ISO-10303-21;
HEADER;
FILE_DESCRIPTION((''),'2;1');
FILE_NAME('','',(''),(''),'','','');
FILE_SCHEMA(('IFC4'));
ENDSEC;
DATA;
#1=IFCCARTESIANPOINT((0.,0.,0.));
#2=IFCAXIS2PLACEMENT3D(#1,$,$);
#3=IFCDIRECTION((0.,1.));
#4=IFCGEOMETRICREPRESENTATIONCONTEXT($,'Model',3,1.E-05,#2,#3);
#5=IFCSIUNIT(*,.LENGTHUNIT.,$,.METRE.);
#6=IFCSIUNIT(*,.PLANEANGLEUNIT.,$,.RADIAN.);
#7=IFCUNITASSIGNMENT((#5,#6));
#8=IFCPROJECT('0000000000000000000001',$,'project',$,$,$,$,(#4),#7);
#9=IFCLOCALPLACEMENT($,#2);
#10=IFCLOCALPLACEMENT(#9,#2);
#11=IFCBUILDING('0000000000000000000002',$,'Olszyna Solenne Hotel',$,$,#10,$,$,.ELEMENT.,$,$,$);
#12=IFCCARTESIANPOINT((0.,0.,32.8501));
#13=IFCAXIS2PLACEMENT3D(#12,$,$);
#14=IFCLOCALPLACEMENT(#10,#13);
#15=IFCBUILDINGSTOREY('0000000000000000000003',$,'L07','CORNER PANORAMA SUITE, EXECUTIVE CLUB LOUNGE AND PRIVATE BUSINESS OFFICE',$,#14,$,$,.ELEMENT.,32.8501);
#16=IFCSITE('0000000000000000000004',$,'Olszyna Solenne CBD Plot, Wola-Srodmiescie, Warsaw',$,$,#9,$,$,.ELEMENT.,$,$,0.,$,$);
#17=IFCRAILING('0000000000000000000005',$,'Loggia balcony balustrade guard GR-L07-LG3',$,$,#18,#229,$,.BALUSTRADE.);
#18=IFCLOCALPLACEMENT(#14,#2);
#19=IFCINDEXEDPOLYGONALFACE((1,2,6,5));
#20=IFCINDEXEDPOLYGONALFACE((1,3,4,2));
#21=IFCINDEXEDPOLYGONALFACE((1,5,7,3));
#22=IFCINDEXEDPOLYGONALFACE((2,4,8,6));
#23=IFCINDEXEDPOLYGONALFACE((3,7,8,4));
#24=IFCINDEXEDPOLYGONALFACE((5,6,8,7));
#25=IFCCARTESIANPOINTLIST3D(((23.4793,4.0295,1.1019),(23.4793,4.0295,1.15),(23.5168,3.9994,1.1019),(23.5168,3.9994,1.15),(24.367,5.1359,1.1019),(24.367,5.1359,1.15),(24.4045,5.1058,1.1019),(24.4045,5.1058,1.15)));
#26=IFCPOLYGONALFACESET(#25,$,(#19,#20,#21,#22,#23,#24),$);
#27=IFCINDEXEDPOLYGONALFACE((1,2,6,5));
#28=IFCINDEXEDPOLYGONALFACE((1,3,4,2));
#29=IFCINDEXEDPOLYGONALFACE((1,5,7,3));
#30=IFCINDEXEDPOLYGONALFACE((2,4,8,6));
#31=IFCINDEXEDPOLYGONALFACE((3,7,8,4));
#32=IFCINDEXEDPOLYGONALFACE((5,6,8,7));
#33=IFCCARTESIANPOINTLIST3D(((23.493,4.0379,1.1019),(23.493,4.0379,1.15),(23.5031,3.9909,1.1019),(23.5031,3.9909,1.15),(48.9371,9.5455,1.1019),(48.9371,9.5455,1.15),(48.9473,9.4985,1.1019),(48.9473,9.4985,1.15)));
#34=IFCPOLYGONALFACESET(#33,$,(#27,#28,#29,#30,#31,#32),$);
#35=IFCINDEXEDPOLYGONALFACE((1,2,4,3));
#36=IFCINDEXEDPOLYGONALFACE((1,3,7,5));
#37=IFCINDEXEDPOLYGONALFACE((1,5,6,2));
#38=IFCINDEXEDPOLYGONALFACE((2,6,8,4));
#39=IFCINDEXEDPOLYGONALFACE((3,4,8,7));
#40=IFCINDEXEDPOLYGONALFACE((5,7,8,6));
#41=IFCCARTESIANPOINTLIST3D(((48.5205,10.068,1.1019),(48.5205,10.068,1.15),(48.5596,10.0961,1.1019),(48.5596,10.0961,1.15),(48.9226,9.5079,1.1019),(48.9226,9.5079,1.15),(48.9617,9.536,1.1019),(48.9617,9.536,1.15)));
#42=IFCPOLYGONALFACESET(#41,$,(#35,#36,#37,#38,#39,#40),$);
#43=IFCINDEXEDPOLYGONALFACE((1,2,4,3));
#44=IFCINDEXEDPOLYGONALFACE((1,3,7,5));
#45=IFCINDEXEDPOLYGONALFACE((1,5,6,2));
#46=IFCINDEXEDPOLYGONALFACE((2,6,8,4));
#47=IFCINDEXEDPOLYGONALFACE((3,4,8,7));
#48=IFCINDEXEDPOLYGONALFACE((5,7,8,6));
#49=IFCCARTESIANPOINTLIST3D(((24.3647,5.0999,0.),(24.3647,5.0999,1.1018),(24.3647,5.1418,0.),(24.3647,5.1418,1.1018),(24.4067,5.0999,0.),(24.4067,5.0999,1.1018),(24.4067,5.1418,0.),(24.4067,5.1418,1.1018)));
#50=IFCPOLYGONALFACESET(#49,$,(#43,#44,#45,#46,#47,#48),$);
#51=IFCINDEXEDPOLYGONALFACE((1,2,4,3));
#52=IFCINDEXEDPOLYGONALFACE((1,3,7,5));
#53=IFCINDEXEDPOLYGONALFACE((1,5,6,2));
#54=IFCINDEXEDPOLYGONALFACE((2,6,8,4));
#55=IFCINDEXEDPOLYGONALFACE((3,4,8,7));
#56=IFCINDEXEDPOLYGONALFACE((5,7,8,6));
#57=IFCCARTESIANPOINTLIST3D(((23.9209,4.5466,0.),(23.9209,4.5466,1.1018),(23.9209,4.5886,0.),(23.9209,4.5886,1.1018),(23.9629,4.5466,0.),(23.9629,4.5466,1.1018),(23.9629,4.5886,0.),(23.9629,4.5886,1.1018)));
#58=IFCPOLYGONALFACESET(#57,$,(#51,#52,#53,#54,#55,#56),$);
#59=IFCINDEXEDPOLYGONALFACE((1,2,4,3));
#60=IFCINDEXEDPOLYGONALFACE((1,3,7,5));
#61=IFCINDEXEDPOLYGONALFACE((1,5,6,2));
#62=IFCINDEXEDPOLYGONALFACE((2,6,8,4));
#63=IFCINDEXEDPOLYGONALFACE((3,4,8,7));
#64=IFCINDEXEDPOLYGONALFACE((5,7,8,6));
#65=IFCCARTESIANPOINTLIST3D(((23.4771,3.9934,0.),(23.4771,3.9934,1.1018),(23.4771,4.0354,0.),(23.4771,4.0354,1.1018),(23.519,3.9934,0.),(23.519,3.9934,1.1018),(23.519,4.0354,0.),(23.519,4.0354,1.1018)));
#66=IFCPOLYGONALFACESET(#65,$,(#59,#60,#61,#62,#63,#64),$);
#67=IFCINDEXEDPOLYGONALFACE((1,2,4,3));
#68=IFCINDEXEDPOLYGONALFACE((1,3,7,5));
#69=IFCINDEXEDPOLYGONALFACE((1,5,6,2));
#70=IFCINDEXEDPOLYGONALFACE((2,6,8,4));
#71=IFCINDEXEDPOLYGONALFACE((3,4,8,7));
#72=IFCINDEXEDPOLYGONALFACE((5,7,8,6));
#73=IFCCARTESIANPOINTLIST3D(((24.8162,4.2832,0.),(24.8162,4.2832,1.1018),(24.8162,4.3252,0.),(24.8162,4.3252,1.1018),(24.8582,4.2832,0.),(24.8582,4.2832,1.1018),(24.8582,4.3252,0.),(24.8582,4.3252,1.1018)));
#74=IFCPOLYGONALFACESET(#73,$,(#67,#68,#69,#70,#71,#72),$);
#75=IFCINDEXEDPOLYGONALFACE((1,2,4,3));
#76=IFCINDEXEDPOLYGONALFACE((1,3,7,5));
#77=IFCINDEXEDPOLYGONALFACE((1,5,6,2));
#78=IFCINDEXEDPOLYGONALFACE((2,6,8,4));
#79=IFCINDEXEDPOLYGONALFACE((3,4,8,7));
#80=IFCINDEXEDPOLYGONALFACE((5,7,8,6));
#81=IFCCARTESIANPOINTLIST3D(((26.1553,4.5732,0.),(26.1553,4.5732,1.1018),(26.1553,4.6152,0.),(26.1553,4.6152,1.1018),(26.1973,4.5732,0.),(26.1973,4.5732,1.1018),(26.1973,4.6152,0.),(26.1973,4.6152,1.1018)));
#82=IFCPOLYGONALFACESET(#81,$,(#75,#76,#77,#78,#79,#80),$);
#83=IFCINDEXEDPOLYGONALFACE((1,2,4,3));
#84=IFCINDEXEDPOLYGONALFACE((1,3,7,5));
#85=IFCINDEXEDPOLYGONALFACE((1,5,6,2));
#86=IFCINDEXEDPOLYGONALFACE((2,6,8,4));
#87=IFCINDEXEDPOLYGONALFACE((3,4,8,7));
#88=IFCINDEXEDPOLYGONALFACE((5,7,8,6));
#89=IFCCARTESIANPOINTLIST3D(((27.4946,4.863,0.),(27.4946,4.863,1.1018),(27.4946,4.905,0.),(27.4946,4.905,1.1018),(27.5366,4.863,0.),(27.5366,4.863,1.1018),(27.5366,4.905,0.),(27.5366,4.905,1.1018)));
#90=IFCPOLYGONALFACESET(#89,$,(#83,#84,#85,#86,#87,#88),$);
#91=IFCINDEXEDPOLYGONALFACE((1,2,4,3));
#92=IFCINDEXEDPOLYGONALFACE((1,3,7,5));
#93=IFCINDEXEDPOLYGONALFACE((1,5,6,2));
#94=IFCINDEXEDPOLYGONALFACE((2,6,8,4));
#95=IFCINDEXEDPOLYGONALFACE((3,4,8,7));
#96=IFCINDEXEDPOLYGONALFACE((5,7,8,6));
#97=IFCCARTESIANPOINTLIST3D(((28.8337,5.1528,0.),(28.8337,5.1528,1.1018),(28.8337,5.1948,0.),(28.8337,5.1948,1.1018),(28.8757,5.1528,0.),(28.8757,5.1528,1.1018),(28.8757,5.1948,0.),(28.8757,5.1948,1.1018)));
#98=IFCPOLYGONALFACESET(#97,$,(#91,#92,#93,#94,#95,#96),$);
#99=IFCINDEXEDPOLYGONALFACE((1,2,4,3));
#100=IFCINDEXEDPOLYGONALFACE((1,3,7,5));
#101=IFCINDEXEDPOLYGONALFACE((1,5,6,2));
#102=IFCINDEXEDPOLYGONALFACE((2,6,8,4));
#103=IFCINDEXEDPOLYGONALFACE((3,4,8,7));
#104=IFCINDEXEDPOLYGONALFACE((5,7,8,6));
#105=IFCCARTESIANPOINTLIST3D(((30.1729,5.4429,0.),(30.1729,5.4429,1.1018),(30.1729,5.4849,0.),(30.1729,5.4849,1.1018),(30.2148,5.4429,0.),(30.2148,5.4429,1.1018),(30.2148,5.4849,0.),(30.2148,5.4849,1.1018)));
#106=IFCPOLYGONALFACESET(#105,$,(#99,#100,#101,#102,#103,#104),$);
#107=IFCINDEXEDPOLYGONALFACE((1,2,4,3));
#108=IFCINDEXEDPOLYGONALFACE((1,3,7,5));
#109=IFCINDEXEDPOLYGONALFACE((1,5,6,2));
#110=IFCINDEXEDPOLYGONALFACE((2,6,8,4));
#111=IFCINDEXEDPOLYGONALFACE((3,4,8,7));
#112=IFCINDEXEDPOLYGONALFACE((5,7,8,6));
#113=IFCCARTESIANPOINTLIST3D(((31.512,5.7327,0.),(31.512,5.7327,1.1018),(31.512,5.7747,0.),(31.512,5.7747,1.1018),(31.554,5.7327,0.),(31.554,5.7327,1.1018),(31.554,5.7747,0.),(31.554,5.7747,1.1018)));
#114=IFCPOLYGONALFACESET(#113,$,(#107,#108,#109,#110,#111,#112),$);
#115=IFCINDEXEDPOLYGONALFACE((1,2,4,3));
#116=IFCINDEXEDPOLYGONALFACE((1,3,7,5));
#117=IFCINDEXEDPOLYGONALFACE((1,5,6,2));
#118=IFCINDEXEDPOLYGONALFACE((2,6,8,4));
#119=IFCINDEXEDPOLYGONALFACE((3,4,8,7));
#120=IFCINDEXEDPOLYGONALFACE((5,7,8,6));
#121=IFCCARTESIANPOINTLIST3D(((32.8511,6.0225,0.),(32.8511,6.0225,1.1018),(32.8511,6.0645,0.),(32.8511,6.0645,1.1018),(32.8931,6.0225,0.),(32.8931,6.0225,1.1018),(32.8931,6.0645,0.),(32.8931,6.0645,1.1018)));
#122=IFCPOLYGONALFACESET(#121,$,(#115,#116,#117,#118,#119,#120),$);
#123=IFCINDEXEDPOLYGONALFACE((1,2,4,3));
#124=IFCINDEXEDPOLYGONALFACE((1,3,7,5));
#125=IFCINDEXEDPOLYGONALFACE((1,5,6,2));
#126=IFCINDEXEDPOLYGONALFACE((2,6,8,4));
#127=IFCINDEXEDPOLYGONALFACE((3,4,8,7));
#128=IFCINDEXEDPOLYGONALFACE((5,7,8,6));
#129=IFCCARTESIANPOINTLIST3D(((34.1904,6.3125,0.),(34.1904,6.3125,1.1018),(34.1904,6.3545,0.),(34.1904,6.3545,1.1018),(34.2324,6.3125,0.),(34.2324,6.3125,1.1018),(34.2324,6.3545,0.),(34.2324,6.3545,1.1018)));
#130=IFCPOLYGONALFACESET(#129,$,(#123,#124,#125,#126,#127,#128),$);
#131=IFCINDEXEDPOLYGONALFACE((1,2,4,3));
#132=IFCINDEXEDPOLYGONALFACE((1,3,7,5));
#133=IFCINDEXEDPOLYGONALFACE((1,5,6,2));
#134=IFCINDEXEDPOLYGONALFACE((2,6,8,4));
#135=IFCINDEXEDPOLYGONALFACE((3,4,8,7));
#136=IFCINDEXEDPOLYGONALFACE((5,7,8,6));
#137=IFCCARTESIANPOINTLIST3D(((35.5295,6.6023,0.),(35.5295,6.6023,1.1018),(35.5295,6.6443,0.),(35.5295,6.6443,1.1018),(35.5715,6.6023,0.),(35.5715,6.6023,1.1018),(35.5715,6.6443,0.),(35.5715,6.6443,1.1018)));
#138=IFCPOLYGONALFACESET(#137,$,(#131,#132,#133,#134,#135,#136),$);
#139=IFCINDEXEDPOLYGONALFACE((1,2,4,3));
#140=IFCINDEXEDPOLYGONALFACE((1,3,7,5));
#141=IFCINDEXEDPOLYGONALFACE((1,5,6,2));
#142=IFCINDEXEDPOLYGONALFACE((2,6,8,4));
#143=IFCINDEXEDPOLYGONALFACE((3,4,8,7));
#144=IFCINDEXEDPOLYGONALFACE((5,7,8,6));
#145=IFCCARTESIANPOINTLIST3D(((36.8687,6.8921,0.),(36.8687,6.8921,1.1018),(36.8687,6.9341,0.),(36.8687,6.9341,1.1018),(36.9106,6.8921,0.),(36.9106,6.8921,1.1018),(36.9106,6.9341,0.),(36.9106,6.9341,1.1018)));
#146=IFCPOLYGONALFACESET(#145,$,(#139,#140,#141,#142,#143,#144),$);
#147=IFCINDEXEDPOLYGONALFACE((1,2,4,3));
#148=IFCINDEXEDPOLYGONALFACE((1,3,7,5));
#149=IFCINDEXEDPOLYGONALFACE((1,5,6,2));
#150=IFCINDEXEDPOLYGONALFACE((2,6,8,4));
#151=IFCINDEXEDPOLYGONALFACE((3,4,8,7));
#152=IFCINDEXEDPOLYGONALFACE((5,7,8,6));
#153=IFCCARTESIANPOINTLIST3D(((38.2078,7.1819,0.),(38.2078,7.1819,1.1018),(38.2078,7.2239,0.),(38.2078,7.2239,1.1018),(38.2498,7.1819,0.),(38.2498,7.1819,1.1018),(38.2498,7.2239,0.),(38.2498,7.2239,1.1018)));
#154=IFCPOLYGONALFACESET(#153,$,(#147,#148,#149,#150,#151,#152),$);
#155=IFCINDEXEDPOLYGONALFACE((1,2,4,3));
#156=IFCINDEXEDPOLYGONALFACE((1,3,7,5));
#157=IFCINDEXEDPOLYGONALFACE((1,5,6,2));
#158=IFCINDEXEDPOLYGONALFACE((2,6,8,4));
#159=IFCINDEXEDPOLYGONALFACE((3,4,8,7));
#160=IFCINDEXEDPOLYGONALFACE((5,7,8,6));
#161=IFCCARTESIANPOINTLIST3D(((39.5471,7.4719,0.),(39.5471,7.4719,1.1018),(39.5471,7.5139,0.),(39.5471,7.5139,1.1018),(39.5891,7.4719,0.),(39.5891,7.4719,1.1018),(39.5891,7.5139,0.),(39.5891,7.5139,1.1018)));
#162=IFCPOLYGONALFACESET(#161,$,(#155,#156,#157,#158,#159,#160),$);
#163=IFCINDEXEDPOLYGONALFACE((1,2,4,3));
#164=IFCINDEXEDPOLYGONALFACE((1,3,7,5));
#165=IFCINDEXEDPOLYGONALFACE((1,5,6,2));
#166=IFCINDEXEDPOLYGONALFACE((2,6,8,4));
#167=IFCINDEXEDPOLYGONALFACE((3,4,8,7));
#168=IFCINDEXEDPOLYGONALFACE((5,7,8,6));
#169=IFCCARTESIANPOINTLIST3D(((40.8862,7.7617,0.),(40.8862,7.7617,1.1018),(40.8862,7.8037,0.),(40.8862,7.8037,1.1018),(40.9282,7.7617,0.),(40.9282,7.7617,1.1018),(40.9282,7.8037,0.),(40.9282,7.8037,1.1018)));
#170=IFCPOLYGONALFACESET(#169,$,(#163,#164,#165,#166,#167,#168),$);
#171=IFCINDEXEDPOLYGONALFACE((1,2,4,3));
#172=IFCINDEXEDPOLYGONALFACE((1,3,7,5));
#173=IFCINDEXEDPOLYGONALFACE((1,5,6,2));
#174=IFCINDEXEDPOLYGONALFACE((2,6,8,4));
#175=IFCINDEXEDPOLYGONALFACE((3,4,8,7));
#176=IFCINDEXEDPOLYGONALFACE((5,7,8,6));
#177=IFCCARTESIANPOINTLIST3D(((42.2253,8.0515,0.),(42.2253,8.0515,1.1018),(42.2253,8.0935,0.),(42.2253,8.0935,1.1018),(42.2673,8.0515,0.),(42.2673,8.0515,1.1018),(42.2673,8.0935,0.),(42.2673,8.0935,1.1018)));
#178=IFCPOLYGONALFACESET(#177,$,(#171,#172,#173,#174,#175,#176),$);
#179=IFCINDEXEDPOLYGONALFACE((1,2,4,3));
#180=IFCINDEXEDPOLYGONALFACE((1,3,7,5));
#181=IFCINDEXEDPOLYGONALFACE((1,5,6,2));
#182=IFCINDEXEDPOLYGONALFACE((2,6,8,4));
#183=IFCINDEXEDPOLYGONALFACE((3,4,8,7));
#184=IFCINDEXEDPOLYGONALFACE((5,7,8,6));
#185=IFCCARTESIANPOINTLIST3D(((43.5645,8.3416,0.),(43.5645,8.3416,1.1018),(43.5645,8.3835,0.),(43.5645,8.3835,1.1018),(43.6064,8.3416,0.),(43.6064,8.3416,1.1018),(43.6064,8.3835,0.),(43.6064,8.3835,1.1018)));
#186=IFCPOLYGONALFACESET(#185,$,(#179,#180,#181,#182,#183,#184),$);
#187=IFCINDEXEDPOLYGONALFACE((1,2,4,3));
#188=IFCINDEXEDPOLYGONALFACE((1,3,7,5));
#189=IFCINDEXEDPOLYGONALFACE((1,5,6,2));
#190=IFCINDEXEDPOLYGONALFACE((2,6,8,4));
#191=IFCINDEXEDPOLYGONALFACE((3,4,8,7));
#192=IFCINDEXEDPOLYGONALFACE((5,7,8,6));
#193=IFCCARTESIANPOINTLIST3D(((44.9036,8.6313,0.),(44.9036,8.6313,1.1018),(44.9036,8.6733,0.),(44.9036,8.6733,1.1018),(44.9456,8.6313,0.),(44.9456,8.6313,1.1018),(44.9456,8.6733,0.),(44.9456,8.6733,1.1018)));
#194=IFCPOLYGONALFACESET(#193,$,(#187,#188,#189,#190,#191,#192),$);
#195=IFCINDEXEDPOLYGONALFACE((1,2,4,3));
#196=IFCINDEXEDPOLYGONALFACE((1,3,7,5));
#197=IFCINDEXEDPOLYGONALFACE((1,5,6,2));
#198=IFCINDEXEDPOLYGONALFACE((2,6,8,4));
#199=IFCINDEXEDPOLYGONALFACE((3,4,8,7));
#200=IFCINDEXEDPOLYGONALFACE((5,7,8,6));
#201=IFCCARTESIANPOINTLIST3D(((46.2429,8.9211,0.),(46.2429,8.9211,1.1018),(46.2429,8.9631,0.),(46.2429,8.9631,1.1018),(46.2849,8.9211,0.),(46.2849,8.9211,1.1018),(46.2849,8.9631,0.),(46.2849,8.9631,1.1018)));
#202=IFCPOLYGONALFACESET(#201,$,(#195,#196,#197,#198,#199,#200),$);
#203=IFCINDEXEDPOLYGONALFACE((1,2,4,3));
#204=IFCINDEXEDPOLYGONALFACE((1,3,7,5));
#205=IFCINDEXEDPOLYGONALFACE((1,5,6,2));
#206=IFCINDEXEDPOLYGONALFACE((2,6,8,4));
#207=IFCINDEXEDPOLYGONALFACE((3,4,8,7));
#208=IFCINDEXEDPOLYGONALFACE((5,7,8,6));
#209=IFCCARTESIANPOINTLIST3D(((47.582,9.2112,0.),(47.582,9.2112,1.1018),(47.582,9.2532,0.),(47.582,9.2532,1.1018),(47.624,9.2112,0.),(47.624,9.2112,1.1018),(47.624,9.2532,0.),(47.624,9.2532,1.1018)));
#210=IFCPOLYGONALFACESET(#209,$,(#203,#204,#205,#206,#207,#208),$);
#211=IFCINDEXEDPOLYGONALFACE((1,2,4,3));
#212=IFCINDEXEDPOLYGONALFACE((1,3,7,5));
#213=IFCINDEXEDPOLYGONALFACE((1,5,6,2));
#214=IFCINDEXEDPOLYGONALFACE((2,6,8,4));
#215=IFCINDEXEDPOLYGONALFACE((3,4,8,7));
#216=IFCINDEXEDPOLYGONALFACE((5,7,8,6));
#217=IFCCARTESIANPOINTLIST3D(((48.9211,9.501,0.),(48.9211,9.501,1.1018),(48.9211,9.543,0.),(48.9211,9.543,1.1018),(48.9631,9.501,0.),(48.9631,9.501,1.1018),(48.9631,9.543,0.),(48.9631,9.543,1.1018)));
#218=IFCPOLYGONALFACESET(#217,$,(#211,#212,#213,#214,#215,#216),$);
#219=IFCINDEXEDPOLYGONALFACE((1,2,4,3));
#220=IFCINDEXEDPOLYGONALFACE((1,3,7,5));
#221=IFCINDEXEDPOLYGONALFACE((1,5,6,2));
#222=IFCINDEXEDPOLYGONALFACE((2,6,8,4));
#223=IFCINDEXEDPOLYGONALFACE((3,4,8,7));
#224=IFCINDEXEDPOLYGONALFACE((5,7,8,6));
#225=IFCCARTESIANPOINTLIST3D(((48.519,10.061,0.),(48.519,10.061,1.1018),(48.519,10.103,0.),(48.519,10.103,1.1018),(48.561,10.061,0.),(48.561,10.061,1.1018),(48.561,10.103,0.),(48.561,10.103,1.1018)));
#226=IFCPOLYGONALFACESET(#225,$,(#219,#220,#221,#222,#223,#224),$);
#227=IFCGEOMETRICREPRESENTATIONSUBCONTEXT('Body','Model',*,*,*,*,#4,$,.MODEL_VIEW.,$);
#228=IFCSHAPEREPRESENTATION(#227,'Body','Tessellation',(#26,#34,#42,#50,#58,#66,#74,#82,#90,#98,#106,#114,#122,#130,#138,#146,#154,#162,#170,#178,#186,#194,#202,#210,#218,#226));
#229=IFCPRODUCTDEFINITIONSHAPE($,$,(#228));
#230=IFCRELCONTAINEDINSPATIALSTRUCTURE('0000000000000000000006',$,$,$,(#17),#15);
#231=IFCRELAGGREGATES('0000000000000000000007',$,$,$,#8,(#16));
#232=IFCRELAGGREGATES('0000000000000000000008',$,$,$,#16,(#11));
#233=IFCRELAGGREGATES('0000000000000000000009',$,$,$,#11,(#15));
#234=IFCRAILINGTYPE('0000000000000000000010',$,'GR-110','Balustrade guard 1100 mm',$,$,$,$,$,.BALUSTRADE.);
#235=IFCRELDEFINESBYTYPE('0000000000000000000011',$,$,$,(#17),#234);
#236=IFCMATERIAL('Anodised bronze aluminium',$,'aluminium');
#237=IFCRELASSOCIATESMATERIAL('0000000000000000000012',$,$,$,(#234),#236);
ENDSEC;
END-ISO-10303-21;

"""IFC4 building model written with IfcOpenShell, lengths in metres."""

from ifc_helpers import new_model, si_unit, direction, frame, origin, origin_2d, place, context, subcontext, project, spatial, rectangle, extrude, material, type_object, element, save


model = new_model("IFC4")

# Units and contexts
model_context = context("Model", 3, precision=1e-05, world=origin(), true_north=direction((0.0, 1.0)))
body_context = subcontext(model_context, "Body", "Model", "MODEL_VIEW")
ifc_project = project(units=[si_unit("LENGTHUNIT", "METRE"), si_unit("PLANEANGLEUNIT", "RADIAN")], contexts=[model_context])

# Site, building, storey
site_placement = place(None, origin())
site = spatial("IfcSite", under=ifc_project, at=site_placement, Name="Olszyna Solenne CBD Plot, Wola-Srodmiescie, Warsaw", CompositionType="ELEMENT", RefElevation=0.0)
building_placement = place(site_placement, origin())
building = spatial("IfcBuilding", under=site, at=building_placement, Name="Olszyna Solenne Hotel", CompositionType="ELEMENT")
storey_placement = place(building_placement, frame((0.0, 0.0, 32.8501)))
storey = spatial("IfcBuildingStorey", under=building, at=storey_placement, Name="L07", Description="CORNER PANORAMA SUITE, EXECUTIVE CLUB LOUNGE AND PRIVATE BUSINESS OFFICE", CompositionType="ELEMENT", Elevation=32.8501)

# Railing
ifc_material_1 = material(Name="Anodised bronze aluminium", Category="aluminium")
railing_type_1 = type_object("IfcRailingType", Name="GR-110", Description="Balustrade guard 1100 mm", PredefinedType="BALUSTRADE", material=ifc_material_1)
railing_1_placement = place(storey_placement, frame((24.3857, 5.1208, 0.0)))
element("IfcRailing", 1, at=railing_1_placement, inside=storey, type_object=railing_type_1, Name="Loggia balcony balustrade guard GR-L07-LG3", PredefinedType="BALUSTRADE", context=body_context, shape_type="SweptSolid", body=[
    extrude(rectangle(XDim=0.0481, YDim=0.0481, at=origin_2d()), frame((0.0, 0.0, 1.126), z_axis=(-0.625786, -0.779995, 0.0), x_axis=(0.779995, -0.625786, 0.0)), (0.0, 0.0, 1.0), 1.4185),
    extrude(rectangle(XDim=0.0481, YDim=0.0481, at=origin_2d()), frame((-0.8877, -1.1064, 1.126), z_axis=(0.977365, 0.211558, 0.0), x_axis=(-0.211558, 0.977365, 0.0)), (0.0, 0.0, 1.0), 26.0334),
    extrude(rectangle(XDim=0.0481, YDim=0.0481, at=origin_2d()), frame((24.5564, 4.4011, 1.126), z_axis=(-0.583213, 0.812319, 0.0), x_axis=(-0.812319, -0.583213, 0.0)), (0.0, 0.0, 1.0), 0.6895),
    extrude(rectangle(XDim=0.042, YDim=0.042, at=origin_2d()), origin(), (0.0, 0.0, 1.0), 1.1018),
    extrude(rectangle(XDim=0.042, YDim=0.042, at=origin_2d()), frame((-0.4438, -0.5532, 0.0)), (0.0, 0.0, 1.0), 1.1018),
    extrude(rectangle(XDim=0.042, YDim=0.042, at=origin_2d()), frame((-0.8877, -1.1064, 0.0)), (0.0, 0.0, 1.0), 1.1018),
    extrude(rectangle(XDim=0.042, YDim=0.042, at=origin_2d()), frame((0.4514, -0.8167, 0.0)), (0.0, 0.0, 1.0), 1.1018),
    extrude(rectangle(XDim=0.042, YDim=0.042, at=origin_2d()), frame((1.7905, -0.5266, 0.0)), (0.0, 0.0, 1.0), 1.1018),
    extrude(rectangle(XDim=0.042, YDim=0.042, at=origin_2d()), frame((3.1299, -0.2368, 0.0)), (0.0, 0.0, 1.0), 1.1018),
    extrude(rectangle(XDim=0.042, YDim=0.042, at=origin_2d()), frame((4.469, 0.053, 0.0)), (0.0, 0.0, 1.0), 1.1018),
    extrude(rectangle(XDim=0.042, YDim=0.042, at=origin_2d()), frame((5.8081, 0.343, 0.0)), (0.0, 0.0, 1.0), 1.1018),
    extrude(rectangle(XDim=0.042, YDim=0.042, at=origin_2d()), frame((7.1472, 0.6328, 0.0)), (0.0, 0.0, 1.0), 1.1018),
    extrude(rectangle(XDim=0.042, YDim=0.042, at=origin_2d()), frame((8.4863, 0.9226, 0.0)), (0.0, 0.0, 1.0), 1.1018),
    extrude(rectangle(XDim=0.042, YDim=0.042, at=origin_2d()), frame((9.8257, 1.2126, 0.0)), (0.0, 0.0, 1.0), 1.1018),
    extrude(rectangle(XDim=0.042, YDim=0.042, at=origin_2d()), frame((11.1648, 1.5024, 0.0)), (0.0, 0.0, 1.0), 1.1018),
    extrude(rectangle(XDim=0.042, YDim=0.042, at=origin_2d()), frame((12.5039, 1.7922, 0.0)), (0.0, 0.0, 1.0), 1.1018),
    extrude(rectangle(XDim=0.042, YDim=0.042, at=origin_2d()), frame((13.843, 2.082, 0.0)), (0.0, 0.0, 1.0), 1.1018),
    extrude(rectangle(XDim=0.042, YDim=0.042, at=origin_2d()), frame((15.1824, 2.3721, 0.0)), (0.0, 0.0, 1.0), 1.1018),
    extrude(rectangle(XDim=0.042, YDim=0.042, at=origin_2d()), frame((16.5215, 2.6619, 0.0)), (0.0, 0.0, 1.0), 1.1018),
    extrude(rectangle(XDim=0.042, YDim=0.042, at=origin_2d()), frame((17.8606, 2.9517, 0.0)), (0.0, 0.0, 1.0), 1.1018),
    extrude(rectangle(XDim=0.042, YDim=0.042, at=origin_2d()), frame((19.1997, 3.2417, 0.0)), (0.0, 0.0, 1.0), 1.1018),
    extrude(rectangle(XDim=0.042, YDim=0.042, at=origin_2d()), frame((20.5388, 3.5315, 0.0)), (0.0, 0.0, 1.0), 1.1018),
    extrude(rectangle(XDim=0.042, YDim=0.042, at=origin_2d()), frame((21.8782, 3.8213, 0.0)), (0.0, 0.0, 1.0), 1.1018),
    extrude(rectangle(XDim=0.042, YDim=0.042, at=origin_2d()), frame((23.2173, 4.1113, 0.0)), (0.0, 0.0, 1.0), 1.1018),
    extrude(rectangle(XDim=0.042, YDim=0.042, at=origin_2d()), frame((24.5564, 4.4011, 0.0)), (0.0, 0.0, 1.0), 1.1018),
    extrude(rectangle(XDim=0.042, YDim=0.042, at=origin_2d()), frame((24.1543, 4.9612, 0.0)), (0.0, 0.0, 1.0), 1.1018),
])

save(model, "model.ifc")
